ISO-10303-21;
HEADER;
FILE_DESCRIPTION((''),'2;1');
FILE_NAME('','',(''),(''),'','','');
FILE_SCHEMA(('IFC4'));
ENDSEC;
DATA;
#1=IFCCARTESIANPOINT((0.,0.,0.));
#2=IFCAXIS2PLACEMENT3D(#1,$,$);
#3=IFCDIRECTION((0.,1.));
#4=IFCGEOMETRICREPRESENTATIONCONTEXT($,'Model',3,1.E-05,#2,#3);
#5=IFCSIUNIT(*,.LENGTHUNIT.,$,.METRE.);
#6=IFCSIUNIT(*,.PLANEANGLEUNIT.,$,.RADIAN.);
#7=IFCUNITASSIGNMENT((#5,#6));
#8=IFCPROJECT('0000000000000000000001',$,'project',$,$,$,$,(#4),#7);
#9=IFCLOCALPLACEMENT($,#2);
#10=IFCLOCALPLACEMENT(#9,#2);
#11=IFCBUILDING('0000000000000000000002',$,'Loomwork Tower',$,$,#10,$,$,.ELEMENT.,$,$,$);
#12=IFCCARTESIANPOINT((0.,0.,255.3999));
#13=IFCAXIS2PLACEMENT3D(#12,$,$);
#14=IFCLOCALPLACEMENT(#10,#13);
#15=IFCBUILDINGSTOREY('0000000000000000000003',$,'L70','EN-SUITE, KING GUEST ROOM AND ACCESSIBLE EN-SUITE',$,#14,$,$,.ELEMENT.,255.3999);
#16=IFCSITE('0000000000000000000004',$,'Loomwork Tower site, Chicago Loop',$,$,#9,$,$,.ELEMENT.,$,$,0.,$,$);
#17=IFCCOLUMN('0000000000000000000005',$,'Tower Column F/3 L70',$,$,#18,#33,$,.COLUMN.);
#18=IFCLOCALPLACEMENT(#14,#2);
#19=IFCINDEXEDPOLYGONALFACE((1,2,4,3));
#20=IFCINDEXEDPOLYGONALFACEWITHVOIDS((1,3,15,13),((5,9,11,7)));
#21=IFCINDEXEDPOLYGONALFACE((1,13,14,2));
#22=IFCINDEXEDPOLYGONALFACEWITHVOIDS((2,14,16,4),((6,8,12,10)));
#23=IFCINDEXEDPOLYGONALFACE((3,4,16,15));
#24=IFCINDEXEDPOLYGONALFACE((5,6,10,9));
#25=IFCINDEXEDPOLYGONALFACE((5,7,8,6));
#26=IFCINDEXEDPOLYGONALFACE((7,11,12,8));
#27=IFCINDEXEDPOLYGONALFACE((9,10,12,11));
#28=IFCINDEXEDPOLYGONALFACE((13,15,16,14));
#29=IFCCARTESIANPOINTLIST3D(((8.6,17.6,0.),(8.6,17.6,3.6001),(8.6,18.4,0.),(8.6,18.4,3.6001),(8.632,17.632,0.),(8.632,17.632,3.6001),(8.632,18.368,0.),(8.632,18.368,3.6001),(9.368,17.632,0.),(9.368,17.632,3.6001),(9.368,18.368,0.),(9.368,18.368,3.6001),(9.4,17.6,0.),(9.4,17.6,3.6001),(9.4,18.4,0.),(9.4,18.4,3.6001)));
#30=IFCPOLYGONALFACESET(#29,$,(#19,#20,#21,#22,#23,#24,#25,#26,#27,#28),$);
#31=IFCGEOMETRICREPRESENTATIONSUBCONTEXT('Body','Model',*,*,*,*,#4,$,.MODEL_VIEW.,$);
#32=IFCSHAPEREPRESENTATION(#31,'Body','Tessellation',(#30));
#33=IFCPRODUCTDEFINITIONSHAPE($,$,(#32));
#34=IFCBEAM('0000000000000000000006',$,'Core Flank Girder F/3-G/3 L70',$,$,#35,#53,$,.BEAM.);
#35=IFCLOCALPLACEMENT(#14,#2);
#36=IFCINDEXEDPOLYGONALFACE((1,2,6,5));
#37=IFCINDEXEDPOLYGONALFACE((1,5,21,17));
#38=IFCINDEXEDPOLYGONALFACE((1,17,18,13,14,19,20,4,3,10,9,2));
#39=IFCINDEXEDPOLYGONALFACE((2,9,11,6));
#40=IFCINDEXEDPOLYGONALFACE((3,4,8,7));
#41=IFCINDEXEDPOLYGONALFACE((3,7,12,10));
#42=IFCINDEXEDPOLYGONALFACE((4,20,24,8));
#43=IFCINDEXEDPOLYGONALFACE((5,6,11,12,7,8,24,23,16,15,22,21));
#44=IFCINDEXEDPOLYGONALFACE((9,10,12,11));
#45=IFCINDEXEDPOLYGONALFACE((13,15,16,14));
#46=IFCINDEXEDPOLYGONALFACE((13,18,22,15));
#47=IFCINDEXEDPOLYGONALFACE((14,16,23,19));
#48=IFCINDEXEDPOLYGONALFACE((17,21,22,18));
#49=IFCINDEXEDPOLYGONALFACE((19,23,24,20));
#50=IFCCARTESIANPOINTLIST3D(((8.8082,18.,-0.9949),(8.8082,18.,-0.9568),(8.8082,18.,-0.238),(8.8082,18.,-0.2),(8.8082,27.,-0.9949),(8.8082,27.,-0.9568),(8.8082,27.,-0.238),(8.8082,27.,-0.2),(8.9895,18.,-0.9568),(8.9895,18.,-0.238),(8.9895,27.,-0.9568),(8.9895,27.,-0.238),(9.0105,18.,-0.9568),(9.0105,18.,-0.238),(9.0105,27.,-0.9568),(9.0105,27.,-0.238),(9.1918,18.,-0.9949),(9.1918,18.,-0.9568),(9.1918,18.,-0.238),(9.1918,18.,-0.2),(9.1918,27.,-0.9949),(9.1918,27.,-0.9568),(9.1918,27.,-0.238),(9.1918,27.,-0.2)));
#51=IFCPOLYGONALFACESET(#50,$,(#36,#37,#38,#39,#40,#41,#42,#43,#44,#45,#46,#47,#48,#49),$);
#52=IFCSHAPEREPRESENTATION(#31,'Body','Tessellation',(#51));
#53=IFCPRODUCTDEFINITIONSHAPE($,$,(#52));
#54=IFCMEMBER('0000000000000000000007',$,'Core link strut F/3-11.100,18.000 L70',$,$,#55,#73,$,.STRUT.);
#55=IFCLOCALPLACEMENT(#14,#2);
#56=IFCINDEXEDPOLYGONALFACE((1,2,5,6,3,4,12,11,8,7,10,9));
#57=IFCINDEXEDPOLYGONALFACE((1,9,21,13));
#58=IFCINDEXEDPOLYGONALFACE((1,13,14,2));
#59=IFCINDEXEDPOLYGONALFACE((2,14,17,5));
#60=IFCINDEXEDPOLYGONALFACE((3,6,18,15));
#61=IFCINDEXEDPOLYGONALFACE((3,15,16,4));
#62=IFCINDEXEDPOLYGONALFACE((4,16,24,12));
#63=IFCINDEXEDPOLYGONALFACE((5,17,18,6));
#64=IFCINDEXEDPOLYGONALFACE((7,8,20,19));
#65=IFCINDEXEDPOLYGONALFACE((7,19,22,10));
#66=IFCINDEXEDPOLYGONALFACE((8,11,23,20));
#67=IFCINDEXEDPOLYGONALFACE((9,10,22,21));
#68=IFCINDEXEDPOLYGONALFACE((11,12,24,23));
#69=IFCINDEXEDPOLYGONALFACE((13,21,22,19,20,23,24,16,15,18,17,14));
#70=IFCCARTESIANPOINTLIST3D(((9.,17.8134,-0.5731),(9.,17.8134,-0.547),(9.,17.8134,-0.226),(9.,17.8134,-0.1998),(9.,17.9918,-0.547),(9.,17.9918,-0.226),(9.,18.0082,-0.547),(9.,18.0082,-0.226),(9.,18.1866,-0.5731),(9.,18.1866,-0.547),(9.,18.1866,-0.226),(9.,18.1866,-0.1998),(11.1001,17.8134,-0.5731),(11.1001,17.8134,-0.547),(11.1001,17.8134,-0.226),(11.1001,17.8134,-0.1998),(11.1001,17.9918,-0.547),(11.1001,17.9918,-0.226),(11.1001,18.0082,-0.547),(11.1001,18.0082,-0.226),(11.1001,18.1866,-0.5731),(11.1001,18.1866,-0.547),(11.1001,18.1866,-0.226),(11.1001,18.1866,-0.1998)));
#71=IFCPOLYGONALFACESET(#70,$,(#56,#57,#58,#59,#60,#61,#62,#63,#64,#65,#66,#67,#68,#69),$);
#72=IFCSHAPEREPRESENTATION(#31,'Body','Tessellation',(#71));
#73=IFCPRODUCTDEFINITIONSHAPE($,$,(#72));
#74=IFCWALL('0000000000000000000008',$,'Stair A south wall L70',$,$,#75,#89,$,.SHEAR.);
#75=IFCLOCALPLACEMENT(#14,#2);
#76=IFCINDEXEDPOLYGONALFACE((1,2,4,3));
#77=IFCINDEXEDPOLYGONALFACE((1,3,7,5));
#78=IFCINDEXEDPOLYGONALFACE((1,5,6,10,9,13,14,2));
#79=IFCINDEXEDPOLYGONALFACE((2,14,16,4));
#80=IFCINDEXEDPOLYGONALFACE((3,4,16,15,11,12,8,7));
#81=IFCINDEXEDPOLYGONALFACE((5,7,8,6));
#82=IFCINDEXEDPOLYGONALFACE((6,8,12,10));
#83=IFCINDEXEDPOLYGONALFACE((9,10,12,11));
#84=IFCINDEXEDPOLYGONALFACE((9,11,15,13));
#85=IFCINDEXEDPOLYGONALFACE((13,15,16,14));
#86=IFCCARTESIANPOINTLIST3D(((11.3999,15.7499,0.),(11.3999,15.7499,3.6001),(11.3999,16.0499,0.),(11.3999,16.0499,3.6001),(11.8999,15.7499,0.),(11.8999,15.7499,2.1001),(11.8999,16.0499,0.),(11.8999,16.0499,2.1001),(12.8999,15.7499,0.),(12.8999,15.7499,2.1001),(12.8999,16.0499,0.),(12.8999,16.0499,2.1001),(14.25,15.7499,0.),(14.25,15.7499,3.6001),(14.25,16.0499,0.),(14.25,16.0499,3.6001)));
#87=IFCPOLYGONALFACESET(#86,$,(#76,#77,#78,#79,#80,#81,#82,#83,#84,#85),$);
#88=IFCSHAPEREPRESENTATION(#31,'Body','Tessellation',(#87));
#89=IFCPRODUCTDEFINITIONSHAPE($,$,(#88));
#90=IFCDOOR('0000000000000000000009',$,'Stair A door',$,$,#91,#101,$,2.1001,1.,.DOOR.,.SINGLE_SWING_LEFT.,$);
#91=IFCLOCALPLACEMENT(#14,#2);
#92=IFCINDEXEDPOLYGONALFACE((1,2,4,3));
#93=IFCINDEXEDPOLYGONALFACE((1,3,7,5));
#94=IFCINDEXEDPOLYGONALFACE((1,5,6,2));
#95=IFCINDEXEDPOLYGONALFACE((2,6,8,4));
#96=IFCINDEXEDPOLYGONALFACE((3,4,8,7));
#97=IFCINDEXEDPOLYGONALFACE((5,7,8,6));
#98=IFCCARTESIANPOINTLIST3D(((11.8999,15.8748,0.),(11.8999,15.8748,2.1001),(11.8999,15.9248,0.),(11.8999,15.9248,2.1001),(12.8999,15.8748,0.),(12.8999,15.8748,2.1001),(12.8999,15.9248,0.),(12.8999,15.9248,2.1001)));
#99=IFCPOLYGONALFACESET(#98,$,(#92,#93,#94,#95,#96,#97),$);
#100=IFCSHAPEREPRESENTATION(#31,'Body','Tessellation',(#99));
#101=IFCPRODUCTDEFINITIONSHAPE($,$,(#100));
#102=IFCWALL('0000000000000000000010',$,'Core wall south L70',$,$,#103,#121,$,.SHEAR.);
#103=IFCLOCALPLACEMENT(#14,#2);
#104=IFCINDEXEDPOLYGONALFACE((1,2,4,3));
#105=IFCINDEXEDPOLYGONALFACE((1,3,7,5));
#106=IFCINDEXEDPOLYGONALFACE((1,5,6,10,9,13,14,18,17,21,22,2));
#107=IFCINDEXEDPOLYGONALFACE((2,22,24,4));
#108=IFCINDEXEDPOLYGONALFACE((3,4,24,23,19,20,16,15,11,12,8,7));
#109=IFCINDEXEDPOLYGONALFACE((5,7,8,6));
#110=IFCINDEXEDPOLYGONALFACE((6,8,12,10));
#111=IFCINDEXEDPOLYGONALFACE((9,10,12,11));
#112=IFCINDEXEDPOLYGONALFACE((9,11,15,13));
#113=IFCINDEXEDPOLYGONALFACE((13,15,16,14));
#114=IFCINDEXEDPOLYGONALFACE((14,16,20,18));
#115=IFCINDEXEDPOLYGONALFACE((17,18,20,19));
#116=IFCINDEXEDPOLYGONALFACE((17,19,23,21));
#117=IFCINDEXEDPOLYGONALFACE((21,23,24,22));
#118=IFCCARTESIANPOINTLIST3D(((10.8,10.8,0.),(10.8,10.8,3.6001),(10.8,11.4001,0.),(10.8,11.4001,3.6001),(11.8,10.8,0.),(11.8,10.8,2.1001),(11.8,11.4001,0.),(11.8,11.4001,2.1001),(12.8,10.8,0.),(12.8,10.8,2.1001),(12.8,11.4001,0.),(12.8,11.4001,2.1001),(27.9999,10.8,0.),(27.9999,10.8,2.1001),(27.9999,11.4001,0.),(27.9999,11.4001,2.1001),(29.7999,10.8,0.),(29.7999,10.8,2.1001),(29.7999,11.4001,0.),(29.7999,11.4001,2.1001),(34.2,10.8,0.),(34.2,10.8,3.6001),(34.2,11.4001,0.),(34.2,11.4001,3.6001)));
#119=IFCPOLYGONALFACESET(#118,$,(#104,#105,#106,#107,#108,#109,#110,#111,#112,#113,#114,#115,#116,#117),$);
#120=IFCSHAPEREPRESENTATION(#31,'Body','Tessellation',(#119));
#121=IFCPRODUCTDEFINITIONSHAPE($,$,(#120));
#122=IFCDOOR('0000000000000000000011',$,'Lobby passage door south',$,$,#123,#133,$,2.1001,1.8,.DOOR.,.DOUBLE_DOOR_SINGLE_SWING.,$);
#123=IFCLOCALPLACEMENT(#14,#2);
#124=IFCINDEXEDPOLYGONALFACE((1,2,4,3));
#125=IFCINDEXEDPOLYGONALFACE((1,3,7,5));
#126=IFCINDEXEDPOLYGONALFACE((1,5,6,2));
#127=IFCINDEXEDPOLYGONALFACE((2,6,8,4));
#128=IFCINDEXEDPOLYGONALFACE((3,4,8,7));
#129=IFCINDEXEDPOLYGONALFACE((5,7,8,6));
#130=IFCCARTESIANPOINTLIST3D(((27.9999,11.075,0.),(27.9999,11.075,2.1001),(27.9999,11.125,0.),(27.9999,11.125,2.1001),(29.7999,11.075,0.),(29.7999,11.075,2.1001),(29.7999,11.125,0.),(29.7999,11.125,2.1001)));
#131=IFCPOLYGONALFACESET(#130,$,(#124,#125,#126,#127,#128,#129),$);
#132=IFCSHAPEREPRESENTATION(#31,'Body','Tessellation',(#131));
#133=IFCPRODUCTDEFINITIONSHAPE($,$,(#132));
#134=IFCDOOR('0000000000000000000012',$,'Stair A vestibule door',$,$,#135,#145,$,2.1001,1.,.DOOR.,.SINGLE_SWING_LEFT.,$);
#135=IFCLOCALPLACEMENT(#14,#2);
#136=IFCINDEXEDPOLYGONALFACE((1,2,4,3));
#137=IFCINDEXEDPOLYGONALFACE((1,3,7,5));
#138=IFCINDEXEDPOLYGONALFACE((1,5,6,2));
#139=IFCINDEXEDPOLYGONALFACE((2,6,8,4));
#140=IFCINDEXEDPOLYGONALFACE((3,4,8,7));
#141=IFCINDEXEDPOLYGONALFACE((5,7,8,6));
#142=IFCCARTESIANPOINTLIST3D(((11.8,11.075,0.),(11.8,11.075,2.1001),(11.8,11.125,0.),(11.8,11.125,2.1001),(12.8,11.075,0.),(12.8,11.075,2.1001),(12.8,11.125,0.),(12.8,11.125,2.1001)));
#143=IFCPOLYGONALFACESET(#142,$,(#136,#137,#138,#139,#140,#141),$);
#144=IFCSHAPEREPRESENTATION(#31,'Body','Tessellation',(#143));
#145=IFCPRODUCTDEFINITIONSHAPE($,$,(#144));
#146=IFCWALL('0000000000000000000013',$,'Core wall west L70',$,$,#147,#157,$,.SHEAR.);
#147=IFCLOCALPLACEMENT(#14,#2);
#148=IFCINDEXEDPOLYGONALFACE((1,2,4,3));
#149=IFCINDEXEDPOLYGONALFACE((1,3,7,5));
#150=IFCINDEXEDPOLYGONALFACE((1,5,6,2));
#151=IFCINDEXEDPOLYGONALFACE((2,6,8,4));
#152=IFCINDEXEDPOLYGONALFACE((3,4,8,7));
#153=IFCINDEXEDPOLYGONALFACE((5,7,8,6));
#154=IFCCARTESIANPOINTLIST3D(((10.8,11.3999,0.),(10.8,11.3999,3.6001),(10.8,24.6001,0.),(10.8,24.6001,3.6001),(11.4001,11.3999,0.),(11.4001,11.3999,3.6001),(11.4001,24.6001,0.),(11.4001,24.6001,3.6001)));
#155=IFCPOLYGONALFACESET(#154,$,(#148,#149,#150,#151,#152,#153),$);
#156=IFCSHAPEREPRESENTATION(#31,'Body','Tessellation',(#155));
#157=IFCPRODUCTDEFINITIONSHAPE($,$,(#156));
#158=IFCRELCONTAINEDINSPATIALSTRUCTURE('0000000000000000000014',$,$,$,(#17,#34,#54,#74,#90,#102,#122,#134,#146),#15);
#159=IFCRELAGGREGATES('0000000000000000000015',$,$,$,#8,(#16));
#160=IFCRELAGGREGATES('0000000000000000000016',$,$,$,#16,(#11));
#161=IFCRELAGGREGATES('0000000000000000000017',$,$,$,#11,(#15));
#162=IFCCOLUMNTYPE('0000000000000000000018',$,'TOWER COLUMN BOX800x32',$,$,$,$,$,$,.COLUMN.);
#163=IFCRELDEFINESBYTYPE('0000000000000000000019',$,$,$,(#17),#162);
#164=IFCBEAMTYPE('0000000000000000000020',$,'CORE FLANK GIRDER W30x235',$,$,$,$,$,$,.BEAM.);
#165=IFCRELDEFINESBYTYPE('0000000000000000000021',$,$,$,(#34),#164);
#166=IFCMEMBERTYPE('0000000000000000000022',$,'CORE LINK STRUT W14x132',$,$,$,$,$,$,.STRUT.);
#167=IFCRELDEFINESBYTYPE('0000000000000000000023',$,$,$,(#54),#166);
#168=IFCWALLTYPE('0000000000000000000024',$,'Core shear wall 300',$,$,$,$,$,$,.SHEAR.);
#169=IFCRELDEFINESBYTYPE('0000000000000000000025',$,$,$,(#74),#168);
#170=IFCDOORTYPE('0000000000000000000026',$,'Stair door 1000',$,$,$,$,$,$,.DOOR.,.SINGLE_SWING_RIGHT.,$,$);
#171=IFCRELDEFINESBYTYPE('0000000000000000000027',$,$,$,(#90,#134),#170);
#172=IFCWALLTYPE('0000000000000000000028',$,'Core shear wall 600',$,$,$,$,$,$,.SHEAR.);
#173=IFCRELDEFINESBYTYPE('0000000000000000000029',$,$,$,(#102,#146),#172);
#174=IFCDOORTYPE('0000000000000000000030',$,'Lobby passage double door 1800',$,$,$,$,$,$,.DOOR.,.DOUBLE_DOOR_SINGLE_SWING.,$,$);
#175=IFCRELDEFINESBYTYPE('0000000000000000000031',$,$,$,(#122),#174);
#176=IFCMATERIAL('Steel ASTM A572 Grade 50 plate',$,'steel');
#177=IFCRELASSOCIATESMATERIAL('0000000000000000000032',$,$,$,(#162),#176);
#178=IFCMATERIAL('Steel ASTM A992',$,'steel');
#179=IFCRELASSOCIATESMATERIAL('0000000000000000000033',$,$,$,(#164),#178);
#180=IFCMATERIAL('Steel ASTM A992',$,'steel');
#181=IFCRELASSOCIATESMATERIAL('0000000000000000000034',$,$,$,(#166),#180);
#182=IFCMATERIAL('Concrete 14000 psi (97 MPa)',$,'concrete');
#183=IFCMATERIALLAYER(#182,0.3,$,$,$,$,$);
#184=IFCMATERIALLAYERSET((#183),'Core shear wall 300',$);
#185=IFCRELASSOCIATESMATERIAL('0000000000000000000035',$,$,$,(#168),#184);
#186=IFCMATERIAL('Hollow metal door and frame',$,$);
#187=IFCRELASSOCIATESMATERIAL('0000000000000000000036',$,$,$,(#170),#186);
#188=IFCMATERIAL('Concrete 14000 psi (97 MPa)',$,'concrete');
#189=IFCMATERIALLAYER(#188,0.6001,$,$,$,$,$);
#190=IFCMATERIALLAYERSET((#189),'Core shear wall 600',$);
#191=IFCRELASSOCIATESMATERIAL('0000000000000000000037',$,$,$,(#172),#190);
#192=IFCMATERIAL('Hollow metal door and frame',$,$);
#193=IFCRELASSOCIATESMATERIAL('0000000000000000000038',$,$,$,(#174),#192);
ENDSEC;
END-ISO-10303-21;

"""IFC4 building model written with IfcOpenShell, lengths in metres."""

from ifc_helpers import new_model, si_unit, direction, frame, frame_2d, origin, origin_2d, place, context, subcontext, project, spatial, rectangle, hollow_rectangle, i_section, extrude, material, layer, layer_set, material_profile, profile_set, type_object, element, fill, save


model = new_model("IFC4")

# Units and contexts
model_context = context("Model", 3, precision=1e-05, world=origin(), true_north=direction((0.0, 1.0)))
body_context = subcontext(model_context, "Body", "Model", "MODEL_VIEW")
ifc_project = project(units=[si_unit("LENGTHUNIT", "METRE"), si_unit("PLANEANGLEUNIT", "RADIAN")], contexts=[model_context])

# Site, building, storey
site_placement = place(None, origin())
site = spatial("IfcSite", under=ifc_project, at=site_placement, Name="Loomwork Tower site, Chicago Loop", CompositionType="ELEMENT", RefElevation=0.0)
building_placement = place(site_placement, origin())
building = spatial("IfcBuilding", under=site, at=building_placement, Name="Loomwork Tower", CompositionType="ELEMENT")
storey_placement = place(building_placement, frame((0.0, 0.0, 255.3999)))
storey = spatial("IfcBuildingStorey", under=building, at=storey_placement, Name="L70", Description="EN-SUITE, KING GUEST ROOM AND ACCESSIBLE EN-SUITE", CompositionType="ELEMENT", Elevation=255.3999)

# Column
ifc_material_1 = material(Name="Steel ASTM A572 Grade 50 plate", Category="steel")
ifc_material_profile_1 = material_profile(ifc_material_1, hollow_rectangle(XDim=0.8, YDim=0.8, WallThickness=0.032, at=origin_2d()), Name="BOX800x32")
ifc_profile_set_1 = profile_set([ifc_material_profile_1], Name="Steel ASTM A572 Grade 50 plate")
column_type = type_object("IfcColumnType", Name="TOWER COLUMN BOX800x32", PredefinedType="COLUMN", material=ifc_profile_set_1)
column_placement = place(storey_placement, frame((9.0, 18.0, 0.0), z_axis=(0.0, 0.0, 1.0), x_axis=(1.0, 0.0, 0.0)))
element("IfcColumn", 1, at=column_placement, inside=storey, type_object=column_type, Name="Tower Column F/3 L70", PredefinedType="COLUMN", context=body_context, shape_type="SweptSolid", body=[
    extrude(hollow_rectangle(XDim=0.8, YDim=0.8, WallThickness=0.032, at=origin_2d()), origin(), (0.0, 0.0, 1.0), 3.6001),
])

# Beam
ifc_material_2 = material(Name="Steel ASTM A992", Category="steel")
ifc_material_profile_2 = material_profile(ifc_material_2, i_section(OverallWidth=0.3835, OverallDepth=0.7949, WebThickness=0.021, FlangeThickness=0.0381, at=origin_2d()), Name="W30x235")
ifc_profile_set_2 = profile_set([ifc_material_profile_2], Name="Steel ASTM A992")
beam_type = type_object("IfcBeamType", Name="CORE FLANK GIRDER W30x235", PredefinedType="BEAM", material=ifc_profile_set_2)
beam_placement = place(storey_placement, frame((9.0, 18.0, -0.5974), z_axis=(0.0, 1.0, 0.0), x_axis=(-1.0, 0.0, 0.0)))
element("IfcBeam", 2, at=beam_placement, inside=storey, type_object=beam_type, Name="Core Flank Girder F/3-G/3 L70", PredefinedType="BEAM", context=body_context, shape_type="SweptSolid", body=[
    extrude(i_section(OverallWidth=0.3835, OverallDepth=0.7949, WebThickness=0.021, FlangeThickness=0.0381, at=origin_2d()), origin(), (0.0, 0.0, 1.0), 9.0),
])

# Member
ifc_material_3 = material(Name="Steel ASTM A992", Category="steel")
ifc_material_profile_3 = material_profile(ifc_material_3, i_section(OverallWidth=0.3733, OverallDepth=0.3733, WebThickness=0.0164, FlangeThickness=0.0261, at=origin_2d()), Name="W14x132")
ifc_profile_set_3 = profile_set([ifc_material_profile_3], Name="Steel ASTM A992")
member_type = type_object("IfcMemberType", Name="CORE LINK STRUT W14x132", PredefinedType="STRUT", material=ifc_profile_set_3)
member_placement = place(storey_placement, frame((9.0, 18.0, -0.3865), z_axis=(1.0, 0.0, 0.0), x_axis=(0.0, 1.0, 0.0)))
element("IfcMember", 3, at=member_placement, inside=storey, type_object=member_type, Name="Core link strut F/3-11.100,18.000 L70", PredefinedType="STRUT", context=body_context, shape_type="SweptSolid", body=[
    extrude(i_section(OverallWidth=0.3733, OverallDepth=0.3733, WebThickness=0.0164, FlangeThickness=0.0261, at=origin_2d()), origin(), (0.0, 0.0, 1.0), 2.1001),
])

# Wall, opening, door
ifc_material_4 = material(Name="Concrete 14000 psi (97 MPa)", Category="concrete")
ifc_layer_1 = layer(ifc_material_4, 0.3)
ifc_layer_set_1 = layer_set([ifc_layer_1], Name="Core shear wall 300")
wall_type_1 = type_object("IfcWallType", Name="Core shear wall 300", PredefinedType="SHEAR", material=ifc_layer_set_1)
wall_1_placement = place(storey_placement, frame((11.3999, 15.8999, 0.0), z_axis=(0.0, 0.0, 1.0), x_axis=(1.0, 0.0, 0.0)))
wall_1 = element("IfcWall", 4, at=wall_1_placement, inside=storey, type_object=wall_type_1, Name="Stair A south wall L70", PredefinedType="SHEAR", context=body_context, shape_type="SweptSolid", body=[
    extrude(rectangle(XDim=2.8501, YDim=0.3, at=frame_2d((1.425, 0.0))), origin(), (0.0, 0.0, 1.0), 3.6001),
])
opening_1_placement = place(wall_1_placement, frame((0.5, 0.0, 0.0)))
opening_1 = element("IfcOpeningElement", 5, at=opening_1_placement, cuts=wall_1, PredefinedType="OPENING", context=body_context, shape_type="SweptSolid", body=[
    extrude(rectangle(XDim=1.0, YDim=2.1001, at=frame_2d((0.5, 1.05))), frame((0.0, 0.1599, 0.0), z_axis=(0.0, -1.0, 0.0), x_axis=(1.0, 0.0, 0.0)), (0.0, 0.0, 1.0), 0.3201),
])
ifc_material_5 = material(Name="Hollow metal door and frame")
door_type_1 = type_object("IfcDoorType", Name="Stair door 1000", OperationType="SINGLE_SWING_RIGHT", PredefinedType="DOOR", material=ifc_material_5)
door_1_placement = place(opening_1_placement, origin())
door_1 = element("IfcDoor", 6, at=door_1_placement, inside=storey, type_object=door_type_1, Name="Stair A door", OperationType="SINGLE_SWING_LEFT", OverallHeight=2.1001, OverallWidth=1.0, PredefinedType="DOOR", context=body_context, shape_type="SweptSolid", body=[
    extrude(rectangle(XDim=1.0, YDim=2.1001, at=frame_2d((0.5, 1.05))), frame((0.0, 0.0249, 0.0), z_axis=(0.0, -1.0, 0.0), x_axis=(1.0, 0.0, 0.0)), (0.0, 0.0, 1.0), 0.05),
])
fill(opening_1, door_1)

# Wall, openings, doors
ifc_material_6 = material(Name="Concrete 14000 psi (97 MPa)", Category="concrete")
ifc_layer_2 = layer(ifc_material_6, 0.6001)
ifc_layer_set_2 = layer_set([ifc_layer_2], Name="Core shear wall 600")
wall_type_2 = type_object("IfcWallType", Name="Core shear wall 600", PredefinedType="SHEAR", material=ifc_layer_set_2)
wall_2_placement = place(storey_placement, frame((10.8, 11.1001, 0.0), z_axis=(0.0, 0.0, 1.0), x_axis=(1.0, 0.0, 0.0)))
wall_2 = element("IfcWall", 7, at=wall_2_placement, inside=storey, type_object=wall_type_2, Name="Core wall south L70", PredefinedType="SHEAR", context=body_context, shape_type="SweptSolid", body=[
    extrude(rectangle(XDim=23.3999, YDim=0.6001, at=frame_2d((11.7, 0.0))), origin(), (0.0, 0.0, 1.0), 3.6001),
])
opening_2_placement = place(wall_2_placement, frame((1.0, 0.0, 0.0)))
opening_2 = element("IfcOpeningElement", 8, at=opening_2_placement, cuts=wall_2, PredefinedType="OPENING", context=body_context, shape_type="SweptSolid", body=[
    extrude(rectangle(XDim=1.0, YDim=2.1001, at=frame_2d((0.5, 1.05))), frame((0.0, 0.3101, 0.0), z_axis=(0.0, -1.0, 0.0), x_axis=(1.0, 0.0, 0.0)), (0.0, 0.0, 1.0), 0.6201),
])
opening_3_placement = place(wall_2_placement, frame((17.2, 0.0, 0.0)))
opening_3 = element("IfcOpeningElement", 9, at=opening_3_placement, cuts=wall_2, PredefinedType="OPENING", context=body_context, shape_type="SweptSolid", body=[
    extrude(rectangle(XDim=1.8, YDim=2.1001, at=frame_2d((0.8999, 1.05))), frame((0.0, 0.3101, 0.0), z_axis=(0.0, -1.0, 0.0), x_axis=(1.0, 0.0, 0.0)), (0.0, 0.0, 1.0), 0.6201),
])
ifc_material_7 = material(Name="Hollow metal door and frame")
door_type_2 = type_object("IfcDoorType", Name="Lobby passage double door 1800", OperationType="DOUBLE_DOOR_SINGLE_SWING", PredefinedType="DOOR", material=ifc_material_7)
door_2_placement = place(opening_3_placement, origin())
door_2 = element("IfcDoor", 10, at=door_2_placement, inside=storey, type_object=door_type_2, Name="Lobby passage door south", OperationType="DOUBLE_DOOR_SINGLE_SWING", OverallHeight=2.1001, OverallWidth=1.8, PredefinedType="DOOR", context=body_context, shape_type="SweptSolid", body=[
    extrude(rectangle(XDim=1.8, YDim=2.1001, at=frame_2d((0.8999, 1.05))), frame((0.0, 0.0249, 0.0), z_axis=(0.0, -1.0, 0.0), x_axis=(1.0, 0.0, 0.0)), (0.0, 0.0, 1.0), 0.05),
])
fill(opening_3, door_2)
door_3_placement = place(opening_2_placement, origin())
door_3 = element("IfcDoor", 11, at=door_3_placement, inside=storey, type_object=door_type_1, Name="Stair A vestibule door", OperationType="SINGLE_SWING_LEFT", OverallHeight=2.1001, OverallWidth=1.0, PredefinedType="DOOR", context=body_context, shape_type="SweptSolid", body=[
    extrude(rectangle(XDim=1.0, YDim=2.1001, at=frame_2d((0.5, 1.05))), frame((0.0, 0.0249, 0.0), z_axis=(0.0, -1.0, 0.0), x_axis=(1.0, 0.0, 0.0)), (0.0, 0.0, 1.0), 0.05),
])
fill(opening_2, door_3)

# Wall
wall_3_placement = place(storey_placement, frame((11.1001, 11.3999, 0.0), z_axis=(0.0, 0.0, 1.0), x_axis=(0.0, 1.0, 0.0)))
element("IfcWall", 12, at=wall_3_placement, inside=storey, type_object=wall_type_2, Name="Core wall west L70", PredefinedType="SHEAR", context=body_context, shape_type="SweptSolid", body=[
    extrude(rectangle(XDim=13.2002, YDim=0.6001, at=frame_2d((6.6001, 0.0))), origin(), (0.0, 0.0, 1.0), 3.6001),
])

save(model, "model.ifc")
